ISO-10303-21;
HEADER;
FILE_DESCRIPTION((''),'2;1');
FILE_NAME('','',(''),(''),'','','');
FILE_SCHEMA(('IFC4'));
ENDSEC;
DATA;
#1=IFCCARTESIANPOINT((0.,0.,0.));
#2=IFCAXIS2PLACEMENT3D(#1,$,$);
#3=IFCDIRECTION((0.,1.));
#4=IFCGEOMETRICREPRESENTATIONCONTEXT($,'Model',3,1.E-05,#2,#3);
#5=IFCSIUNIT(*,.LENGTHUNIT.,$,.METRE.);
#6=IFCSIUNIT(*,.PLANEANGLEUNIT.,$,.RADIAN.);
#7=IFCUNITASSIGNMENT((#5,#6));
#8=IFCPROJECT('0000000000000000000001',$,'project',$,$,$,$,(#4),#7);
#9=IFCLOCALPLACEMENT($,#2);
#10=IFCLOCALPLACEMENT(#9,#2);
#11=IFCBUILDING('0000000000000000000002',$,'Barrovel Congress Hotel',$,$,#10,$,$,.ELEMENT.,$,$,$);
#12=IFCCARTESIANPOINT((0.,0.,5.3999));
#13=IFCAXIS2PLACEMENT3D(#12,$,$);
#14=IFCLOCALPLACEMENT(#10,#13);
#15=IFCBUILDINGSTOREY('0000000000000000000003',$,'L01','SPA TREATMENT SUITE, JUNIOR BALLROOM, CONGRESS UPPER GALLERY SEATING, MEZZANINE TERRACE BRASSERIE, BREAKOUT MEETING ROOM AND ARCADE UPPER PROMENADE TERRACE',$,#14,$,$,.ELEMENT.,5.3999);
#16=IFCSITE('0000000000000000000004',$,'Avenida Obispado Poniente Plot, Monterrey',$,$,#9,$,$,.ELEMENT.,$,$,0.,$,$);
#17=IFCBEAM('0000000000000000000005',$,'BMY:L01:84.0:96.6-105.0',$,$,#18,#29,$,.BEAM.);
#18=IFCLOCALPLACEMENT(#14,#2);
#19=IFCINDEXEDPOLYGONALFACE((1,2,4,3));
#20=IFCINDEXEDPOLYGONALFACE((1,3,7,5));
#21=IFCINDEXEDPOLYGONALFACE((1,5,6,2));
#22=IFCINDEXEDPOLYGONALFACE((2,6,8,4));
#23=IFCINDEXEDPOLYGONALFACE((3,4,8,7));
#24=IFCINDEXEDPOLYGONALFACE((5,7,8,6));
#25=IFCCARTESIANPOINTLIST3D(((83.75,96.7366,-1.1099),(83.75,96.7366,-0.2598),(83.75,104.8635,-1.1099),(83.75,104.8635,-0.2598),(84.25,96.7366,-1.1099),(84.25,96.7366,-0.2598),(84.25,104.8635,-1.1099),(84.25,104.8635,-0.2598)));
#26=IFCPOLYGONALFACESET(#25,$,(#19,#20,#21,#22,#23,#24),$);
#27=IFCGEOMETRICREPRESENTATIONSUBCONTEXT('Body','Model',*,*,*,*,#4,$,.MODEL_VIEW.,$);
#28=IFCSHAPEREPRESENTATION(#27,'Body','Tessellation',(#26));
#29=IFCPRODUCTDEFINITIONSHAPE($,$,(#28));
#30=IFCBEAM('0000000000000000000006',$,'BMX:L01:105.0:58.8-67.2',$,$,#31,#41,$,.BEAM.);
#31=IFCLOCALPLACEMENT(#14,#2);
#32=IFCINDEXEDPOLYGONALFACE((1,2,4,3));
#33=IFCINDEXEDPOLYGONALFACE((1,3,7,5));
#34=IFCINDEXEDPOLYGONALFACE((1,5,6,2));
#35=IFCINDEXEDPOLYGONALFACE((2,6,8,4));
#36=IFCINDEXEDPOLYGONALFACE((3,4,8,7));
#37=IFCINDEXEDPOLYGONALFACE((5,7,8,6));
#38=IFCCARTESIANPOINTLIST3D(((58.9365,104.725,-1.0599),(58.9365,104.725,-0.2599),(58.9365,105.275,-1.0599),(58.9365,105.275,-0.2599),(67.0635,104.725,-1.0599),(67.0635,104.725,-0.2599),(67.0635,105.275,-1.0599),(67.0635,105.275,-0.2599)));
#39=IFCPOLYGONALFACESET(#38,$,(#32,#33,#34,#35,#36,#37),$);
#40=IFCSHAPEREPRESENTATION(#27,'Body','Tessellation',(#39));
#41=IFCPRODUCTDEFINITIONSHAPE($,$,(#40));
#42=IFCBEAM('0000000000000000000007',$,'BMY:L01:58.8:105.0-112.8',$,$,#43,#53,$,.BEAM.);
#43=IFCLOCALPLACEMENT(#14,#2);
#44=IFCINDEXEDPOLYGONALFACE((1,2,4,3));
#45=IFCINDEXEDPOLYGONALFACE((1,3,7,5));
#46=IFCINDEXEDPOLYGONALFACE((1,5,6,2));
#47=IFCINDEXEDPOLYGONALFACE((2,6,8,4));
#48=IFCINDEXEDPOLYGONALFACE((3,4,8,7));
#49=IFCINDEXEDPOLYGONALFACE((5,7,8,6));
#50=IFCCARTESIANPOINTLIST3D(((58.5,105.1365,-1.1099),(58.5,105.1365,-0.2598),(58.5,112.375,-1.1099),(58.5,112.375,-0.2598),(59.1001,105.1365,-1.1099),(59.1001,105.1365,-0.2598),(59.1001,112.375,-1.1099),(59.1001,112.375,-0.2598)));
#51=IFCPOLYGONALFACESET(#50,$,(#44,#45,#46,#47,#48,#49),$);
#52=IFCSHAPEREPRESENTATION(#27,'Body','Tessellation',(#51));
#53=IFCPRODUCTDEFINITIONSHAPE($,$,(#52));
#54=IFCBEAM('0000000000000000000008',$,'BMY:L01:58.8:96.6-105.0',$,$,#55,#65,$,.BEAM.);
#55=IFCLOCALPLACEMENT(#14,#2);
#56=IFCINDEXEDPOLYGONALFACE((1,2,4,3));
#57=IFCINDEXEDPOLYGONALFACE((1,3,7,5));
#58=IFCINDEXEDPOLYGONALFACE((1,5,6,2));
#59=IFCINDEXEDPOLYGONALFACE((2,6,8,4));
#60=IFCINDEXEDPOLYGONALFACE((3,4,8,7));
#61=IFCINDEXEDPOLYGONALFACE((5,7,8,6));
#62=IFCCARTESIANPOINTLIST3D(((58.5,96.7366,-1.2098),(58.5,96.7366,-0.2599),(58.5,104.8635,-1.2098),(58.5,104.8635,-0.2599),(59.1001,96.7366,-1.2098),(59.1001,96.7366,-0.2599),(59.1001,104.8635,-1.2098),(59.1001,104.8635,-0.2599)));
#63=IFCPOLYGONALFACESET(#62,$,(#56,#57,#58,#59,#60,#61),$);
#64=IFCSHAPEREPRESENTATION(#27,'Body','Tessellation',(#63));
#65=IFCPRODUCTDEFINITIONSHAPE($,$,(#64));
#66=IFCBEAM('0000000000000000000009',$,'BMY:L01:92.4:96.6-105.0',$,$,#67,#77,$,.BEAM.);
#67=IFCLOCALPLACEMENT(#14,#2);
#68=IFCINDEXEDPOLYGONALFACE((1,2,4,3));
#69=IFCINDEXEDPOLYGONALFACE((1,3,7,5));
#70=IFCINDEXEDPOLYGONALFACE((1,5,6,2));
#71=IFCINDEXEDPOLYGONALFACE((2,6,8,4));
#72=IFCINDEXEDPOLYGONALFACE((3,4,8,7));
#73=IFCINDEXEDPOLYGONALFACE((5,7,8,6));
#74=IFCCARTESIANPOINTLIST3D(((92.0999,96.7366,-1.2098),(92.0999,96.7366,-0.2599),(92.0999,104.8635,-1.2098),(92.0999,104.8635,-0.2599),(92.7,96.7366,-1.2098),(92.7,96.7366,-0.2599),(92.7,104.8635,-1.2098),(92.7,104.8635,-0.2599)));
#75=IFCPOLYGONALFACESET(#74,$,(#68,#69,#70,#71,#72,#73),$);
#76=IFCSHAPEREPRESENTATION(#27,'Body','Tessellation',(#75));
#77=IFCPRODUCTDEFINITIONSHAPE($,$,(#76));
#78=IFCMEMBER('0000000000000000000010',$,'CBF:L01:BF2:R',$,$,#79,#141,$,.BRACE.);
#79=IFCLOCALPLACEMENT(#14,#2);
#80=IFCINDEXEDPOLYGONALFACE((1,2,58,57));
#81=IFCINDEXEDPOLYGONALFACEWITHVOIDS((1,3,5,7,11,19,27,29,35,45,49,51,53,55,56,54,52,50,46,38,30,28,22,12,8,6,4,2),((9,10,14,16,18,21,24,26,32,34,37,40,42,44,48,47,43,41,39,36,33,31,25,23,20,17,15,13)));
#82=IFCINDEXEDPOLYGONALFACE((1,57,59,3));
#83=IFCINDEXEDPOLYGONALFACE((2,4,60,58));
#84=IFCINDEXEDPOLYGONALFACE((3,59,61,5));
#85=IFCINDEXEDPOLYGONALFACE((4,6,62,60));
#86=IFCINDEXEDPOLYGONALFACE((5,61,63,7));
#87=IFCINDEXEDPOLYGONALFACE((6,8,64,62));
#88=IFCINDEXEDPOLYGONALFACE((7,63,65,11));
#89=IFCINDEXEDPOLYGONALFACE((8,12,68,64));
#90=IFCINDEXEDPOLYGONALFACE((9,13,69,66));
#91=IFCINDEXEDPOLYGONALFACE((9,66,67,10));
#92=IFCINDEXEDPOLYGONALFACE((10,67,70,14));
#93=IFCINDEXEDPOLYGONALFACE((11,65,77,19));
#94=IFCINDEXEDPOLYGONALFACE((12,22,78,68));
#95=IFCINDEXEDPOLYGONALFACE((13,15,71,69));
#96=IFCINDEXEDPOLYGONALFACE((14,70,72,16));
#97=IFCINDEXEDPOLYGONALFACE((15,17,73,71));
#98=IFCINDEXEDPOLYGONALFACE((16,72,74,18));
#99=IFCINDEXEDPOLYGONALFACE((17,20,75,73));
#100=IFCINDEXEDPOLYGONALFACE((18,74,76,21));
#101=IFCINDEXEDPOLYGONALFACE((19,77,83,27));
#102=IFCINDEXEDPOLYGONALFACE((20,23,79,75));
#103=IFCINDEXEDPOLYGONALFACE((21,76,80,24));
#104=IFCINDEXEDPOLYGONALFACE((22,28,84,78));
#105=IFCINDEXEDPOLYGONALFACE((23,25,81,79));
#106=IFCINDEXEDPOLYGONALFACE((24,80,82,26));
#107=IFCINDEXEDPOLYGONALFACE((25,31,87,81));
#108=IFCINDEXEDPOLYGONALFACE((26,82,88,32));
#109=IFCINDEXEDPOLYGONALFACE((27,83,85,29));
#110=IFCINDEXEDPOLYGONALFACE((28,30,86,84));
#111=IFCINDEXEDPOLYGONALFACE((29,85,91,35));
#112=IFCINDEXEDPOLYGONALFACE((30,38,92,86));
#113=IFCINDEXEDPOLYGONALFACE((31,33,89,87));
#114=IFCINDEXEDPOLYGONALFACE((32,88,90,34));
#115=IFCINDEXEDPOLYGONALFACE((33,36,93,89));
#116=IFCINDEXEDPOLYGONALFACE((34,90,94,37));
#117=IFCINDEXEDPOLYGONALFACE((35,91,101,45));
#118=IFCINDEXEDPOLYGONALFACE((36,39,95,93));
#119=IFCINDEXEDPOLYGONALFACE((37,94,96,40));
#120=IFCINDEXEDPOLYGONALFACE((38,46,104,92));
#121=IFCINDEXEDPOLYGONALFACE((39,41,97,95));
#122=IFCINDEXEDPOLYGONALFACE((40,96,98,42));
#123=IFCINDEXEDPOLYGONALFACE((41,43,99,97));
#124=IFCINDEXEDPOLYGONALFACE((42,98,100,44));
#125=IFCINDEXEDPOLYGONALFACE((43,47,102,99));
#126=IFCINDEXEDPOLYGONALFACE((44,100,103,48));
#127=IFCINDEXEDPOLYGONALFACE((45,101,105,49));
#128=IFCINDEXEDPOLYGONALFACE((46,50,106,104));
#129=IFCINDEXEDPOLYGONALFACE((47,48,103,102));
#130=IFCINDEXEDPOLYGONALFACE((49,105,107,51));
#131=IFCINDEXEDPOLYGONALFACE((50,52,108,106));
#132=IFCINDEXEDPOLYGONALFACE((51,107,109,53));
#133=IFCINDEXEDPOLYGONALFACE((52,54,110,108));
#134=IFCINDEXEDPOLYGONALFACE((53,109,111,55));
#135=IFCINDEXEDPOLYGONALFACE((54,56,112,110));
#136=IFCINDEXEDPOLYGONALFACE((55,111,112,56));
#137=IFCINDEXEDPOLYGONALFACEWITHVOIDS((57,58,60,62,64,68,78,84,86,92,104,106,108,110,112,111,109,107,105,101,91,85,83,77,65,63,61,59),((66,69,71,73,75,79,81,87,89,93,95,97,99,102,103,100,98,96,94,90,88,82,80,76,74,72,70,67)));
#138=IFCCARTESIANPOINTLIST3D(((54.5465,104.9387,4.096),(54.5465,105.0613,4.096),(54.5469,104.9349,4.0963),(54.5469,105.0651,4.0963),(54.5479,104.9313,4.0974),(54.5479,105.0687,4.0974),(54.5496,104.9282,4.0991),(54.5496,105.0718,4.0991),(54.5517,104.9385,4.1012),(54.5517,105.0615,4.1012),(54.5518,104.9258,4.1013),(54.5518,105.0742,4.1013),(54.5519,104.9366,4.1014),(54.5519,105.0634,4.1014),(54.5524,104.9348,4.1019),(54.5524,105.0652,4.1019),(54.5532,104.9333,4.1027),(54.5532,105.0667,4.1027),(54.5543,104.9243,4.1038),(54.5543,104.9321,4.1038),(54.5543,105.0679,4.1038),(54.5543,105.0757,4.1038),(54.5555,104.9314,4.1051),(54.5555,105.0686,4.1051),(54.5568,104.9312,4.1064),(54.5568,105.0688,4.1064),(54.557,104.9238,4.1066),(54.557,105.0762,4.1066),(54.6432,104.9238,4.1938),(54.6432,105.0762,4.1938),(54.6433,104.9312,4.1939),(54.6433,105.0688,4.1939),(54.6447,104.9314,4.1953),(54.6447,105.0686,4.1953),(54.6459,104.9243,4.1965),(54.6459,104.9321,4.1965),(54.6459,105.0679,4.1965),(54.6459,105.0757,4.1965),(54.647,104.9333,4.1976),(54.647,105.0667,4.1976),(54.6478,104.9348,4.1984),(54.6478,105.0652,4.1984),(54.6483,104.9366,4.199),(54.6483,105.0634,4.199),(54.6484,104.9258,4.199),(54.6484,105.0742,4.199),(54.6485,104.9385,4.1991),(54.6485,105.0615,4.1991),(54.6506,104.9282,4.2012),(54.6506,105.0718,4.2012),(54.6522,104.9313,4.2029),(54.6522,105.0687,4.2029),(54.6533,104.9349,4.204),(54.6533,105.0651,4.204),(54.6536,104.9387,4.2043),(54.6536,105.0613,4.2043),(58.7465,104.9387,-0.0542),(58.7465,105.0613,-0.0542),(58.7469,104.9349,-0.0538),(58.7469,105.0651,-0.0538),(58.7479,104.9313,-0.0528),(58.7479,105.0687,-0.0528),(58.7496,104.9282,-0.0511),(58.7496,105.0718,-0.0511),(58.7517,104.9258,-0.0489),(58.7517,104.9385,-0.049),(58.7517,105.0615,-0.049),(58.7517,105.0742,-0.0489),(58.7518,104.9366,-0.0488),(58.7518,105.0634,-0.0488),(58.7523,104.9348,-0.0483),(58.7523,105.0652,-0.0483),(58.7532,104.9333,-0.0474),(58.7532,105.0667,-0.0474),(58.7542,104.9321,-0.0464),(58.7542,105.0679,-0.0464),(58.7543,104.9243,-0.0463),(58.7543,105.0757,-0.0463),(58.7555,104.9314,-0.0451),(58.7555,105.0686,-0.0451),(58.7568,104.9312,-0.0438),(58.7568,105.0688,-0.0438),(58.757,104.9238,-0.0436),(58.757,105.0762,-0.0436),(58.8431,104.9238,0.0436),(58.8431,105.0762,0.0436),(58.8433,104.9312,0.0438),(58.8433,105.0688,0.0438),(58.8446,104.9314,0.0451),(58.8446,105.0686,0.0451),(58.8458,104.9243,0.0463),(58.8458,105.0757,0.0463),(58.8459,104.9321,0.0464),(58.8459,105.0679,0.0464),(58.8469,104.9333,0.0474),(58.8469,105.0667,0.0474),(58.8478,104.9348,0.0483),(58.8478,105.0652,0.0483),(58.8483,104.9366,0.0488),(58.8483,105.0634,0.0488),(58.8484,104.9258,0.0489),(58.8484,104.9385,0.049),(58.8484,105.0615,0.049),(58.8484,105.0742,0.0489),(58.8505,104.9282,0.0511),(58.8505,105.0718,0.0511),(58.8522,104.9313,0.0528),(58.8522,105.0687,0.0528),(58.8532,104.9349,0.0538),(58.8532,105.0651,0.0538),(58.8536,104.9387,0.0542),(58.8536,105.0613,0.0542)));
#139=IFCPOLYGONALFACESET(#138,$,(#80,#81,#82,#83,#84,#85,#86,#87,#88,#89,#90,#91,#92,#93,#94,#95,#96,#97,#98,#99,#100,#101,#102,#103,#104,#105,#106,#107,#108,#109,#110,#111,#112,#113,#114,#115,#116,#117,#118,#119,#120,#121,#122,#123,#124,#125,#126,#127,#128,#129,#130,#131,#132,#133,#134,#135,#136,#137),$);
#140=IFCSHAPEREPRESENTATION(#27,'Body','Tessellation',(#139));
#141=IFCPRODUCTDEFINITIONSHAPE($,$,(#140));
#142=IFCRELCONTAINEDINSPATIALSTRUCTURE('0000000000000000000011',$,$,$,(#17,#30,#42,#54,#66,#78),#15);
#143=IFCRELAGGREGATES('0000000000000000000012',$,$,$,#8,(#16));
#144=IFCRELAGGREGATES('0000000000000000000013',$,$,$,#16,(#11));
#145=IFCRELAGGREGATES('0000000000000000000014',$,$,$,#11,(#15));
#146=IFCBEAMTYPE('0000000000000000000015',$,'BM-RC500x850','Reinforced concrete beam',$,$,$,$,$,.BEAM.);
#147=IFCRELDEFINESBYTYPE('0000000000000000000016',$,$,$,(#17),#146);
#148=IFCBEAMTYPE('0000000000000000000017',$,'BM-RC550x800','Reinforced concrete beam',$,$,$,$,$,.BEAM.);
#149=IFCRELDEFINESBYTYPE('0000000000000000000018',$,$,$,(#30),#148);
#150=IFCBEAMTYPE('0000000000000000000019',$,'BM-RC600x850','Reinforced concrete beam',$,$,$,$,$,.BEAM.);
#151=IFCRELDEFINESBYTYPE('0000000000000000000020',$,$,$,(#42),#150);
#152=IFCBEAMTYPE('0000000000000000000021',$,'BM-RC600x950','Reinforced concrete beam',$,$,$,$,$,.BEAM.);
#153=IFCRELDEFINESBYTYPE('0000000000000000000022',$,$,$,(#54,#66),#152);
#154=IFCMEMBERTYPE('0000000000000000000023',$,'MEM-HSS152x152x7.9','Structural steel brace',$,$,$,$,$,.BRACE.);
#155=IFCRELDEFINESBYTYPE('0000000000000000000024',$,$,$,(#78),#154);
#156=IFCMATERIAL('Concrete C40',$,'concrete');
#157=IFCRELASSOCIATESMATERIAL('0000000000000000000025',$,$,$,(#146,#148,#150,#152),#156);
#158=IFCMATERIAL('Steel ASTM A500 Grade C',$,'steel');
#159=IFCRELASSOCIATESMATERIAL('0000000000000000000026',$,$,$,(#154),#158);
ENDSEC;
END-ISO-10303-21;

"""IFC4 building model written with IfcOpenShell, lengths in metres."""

from ifc_helpers import new_model, si_unit, direction, frame, origin, origin_2d, place, context, subcontext, project, spatial, rectangle, hollow_rectangle, extrude, material, material_profile, profile_set, type_object, element, save


model = new_model("IFC4")

# Units and contexts
model_context = context("Model", 3, precision=1e-05, world=origin(), true_north=direction((0.0, 1.0)))
body_context = subcontext(model_context, "Body", "Model", "MODEL_VIEW")
ifc_project = project(units=[si_unit("LENGTHUNIT", "METRE"), si_unit("PLANEANGLEUNIT", "RADIAN")], contexts=[model_context])

# Site, building, storey
site_placement = place(None, origin())
site = spatial("IfcSite", under=ifc_project, at=site_placement, Name="Avenida Obispado Poniente Plot, Monterrey", CompositionType="ELEMENT", RefElevation=0.0)
building_placement = place(site_placement, origin())
building = spatial("IfcBuilding", under=site, at=building_placement, Name="Barrovel Congress Hotel", CompositionType="ELEMENT")
storey_placement = place(building_placement, frame((0.0, 0.0, 5.3999)))
storey = spatial("IfcBuildingStorey", under=building, at=storey_placement, Name="L01", Description="SPA TREATMENT SUITE, JUNIOR BALLROOM, CONGRESS UPPER GALLERY SEATING, MEZZANINE TERRACE BRASSERIE, BREAKOUT MEETING ROOM AND ARCADE UPPER PROMENADE TERRACE", CompositionType="ELEMENT", Elevation=5.3999)

# Shared definitions
ifc_material_1 = material(Name="Concrete C40", Category="concrete")
ifc_material_2 = material(Name="Steel ASTM A500 Grade C", Category="steel")

# Beams
ifc_material_profile_1 = material_profile(ifc_material_1, rectangle(XDim=0.5, YDim=0.8501, at=origin_2d()), Name="RC500x850")
ifc_profile_set_1 = profile_set([ifc_material_profile_1], Name="Concrete C40")
beam_type_1 = type_object("IfcBeamType", Name="BM-RC500x850", Description="Reinforced concrete beam", PredefinedType="BEAM", material=ifc_profile_set_1)
for number, where, z_axis, x_axis, name in (
    (1, (84.0, 96.7366, -0.6848), (0.0, 1.0, 0.0), (-1.0, 0.0, 0.0), "BMY:L01:84.0:96.6-105.0"),
):
    element("IfcBeam", number, at=place(storey_placement, frame(where, z_axis=z_axis, x_axis=x_axis)), inside=storey, type_object=beam_type_1, Name=name, PredefinedType="BEAM", context=body_context, shape_type="SweptSolid", body=[
        extrude(rectangle(XDim=0.5, YDim=0.8501, at=origin_2d()), origin(), (0.0, 0.0, 1.0), 8.127),
    ])
ifc_material_profile_2 = material_profile(ifc_material_1, rectangle(XDim=0.55, YDim=0.8, at=origin_2d()), Name="RC550x800")
ifc_profile_set_2 = profile_set([ifc_material_profile_2], Name="Concrete C40")
beam_type_2 = type_object("IfcBeamType", Name="BM-RC550x800", Description="Reinforced concrete beam", PredefinedType="BEAM", material=ifc_profile_set_2)
beam_1_placement = place(storey_placement, frame((58.9365, 105.0, -0.6599), z_axis=(1.0, 0.0, 0.0), x_axis=(0.0, 1.0, 0.0)))
element("IfcBeam", 2, at=beam_1_placement, inside=storey, type_object=beam_type_2, Name="BMX:L01:105.0:58.8-67.2", PredefinedType="BEAM", context=body_context, shape_type="SweptSolid", body=[
    extrude(rectangle(XDim=0.55, YDim=0.8, at=origin_2d()), origin(), (0.0, 0.0, 1.0), 8.127),
])
ifc_material_profile_3 = material_profile(ifc_material_1, rectangle(XDim=0.6001, YDim=0.8501, at=origin_2d()), Name="RC600x850")
ifc_profile_set_3 = profile_set([ifc_material_profile_3], Name="Concrete C40")
beam_type_3 = type_object("IfcBeamType", Name="BM-RC600x850", Description="Reinforced concrete beam", PredefinedType="BEAM", material=ifc_profile_set_3)
beam_2_placement = place(storey_placement, frame((58.8, 105.1365, -0.6848), z_axis=(0.0, 1.0, 0.0), x_axis=(-1.0, 0.0, 0.0)))
element("IfcBeam", 3, at=beam_2_placement, inside=storey, type_object=beam_type_3, Name="BMY:L01:58.8:105.0-112.8", PredefinedType="BEAM", context=body_context, shape_type="SweptSolid", body=[
    extrude(rectangle(XDim=0.6001, YDim=0.8501, at=origin_2d()), origin(), (0.0, 0.0, 1.0), 7.2385),
])
ifc_material_profile_4 = material_profile(ifc_material_1, rectangle(XDim=0.6001, YDim=0.95, at=origin_2d()), Name="RC600x950")
ifc_profile_set_4 = profile_set([ifc_material_profile_4], Name="Concrete C40")
beam_type_4 = type_object("IfcBeamType", Name="BM-RC600x950", Description="Reinforced concrete beam", PredefinedType="BEAM", material=ifc_profile_set_4)
for number, where, z_axis, x_axis, name in (
    (4, (58.8, 96.7366, -0.7349), (0.0, 1.0, 0.0), (-1.0, 0.0, 0.0), "BMY:L01:58.8:96.6-105.0"),
    (5, (92.3999, 96.7366, -0.7349), (0.0, 1.0, 0.0), (-1.0, 0.0, 0.0), "BMY:L01:92.4:96.6-105.0"),
):
    element("IfcBeam", number, at=place(storey_placement, frame(where, z_axis=z_axis, x_axis=x_axis)), inside=storey, type_object=beam_type_4, Name=name, PredefinedType="BEAM", context=body_context, shape_type="SweptSolid", body=[
        extrude(rectangle(XDim=0.6001, YDim=0.95, at=origin_2d()), origin(), (0.0, 0.0, 1.0), 8.127),
    ])

# Member
ifc_material_profile_5 = material_profile(ifc_material_2, hollow_rectangle(XDim=0.1523, YDim=0.1523, WallThickness=0.0073, InnerFilletRadius=0.0073, OuterFilletRadius=0.0149, at=origin_2d()), Name="HSS152x152x7.9")
ifc_profile_set_5 = profile_set([ifc_material_profile_5], Name="Steel ASTM A500 Grade C")
member_type = type_object("IfcMemberType", Name="MEM-HSS152x152x7.9", Description="Structural steel brace", PredefinedType="BRACE", material=ifc_profile_set_5)
member_placement = place(storey_placement, frame((58.8, 105.0, 0.0), z_axis=(-0.711312, 0.0, 0.702877), x_axis=(0.0, -1.0, 0.0)))
element("IfcMember", 6, at=member_placement, inside=storey, type_object=member_type, Name="CBF:L01:BF2:R", PredefinedType="BRACE", context=body_context, shape_type="SweptSolid", body=[
    extrude(hollow_rectangle(XDim=0.1523, YDim=0.1523, WallThickness=0.0073, InnerFilletRadius=0.0073, OuterFilletRadius=0.0149, at=origin_2d()), origin(), (0.0, 0.0, 1.0), 5.9045),
])

save(model, "model.ifc")
